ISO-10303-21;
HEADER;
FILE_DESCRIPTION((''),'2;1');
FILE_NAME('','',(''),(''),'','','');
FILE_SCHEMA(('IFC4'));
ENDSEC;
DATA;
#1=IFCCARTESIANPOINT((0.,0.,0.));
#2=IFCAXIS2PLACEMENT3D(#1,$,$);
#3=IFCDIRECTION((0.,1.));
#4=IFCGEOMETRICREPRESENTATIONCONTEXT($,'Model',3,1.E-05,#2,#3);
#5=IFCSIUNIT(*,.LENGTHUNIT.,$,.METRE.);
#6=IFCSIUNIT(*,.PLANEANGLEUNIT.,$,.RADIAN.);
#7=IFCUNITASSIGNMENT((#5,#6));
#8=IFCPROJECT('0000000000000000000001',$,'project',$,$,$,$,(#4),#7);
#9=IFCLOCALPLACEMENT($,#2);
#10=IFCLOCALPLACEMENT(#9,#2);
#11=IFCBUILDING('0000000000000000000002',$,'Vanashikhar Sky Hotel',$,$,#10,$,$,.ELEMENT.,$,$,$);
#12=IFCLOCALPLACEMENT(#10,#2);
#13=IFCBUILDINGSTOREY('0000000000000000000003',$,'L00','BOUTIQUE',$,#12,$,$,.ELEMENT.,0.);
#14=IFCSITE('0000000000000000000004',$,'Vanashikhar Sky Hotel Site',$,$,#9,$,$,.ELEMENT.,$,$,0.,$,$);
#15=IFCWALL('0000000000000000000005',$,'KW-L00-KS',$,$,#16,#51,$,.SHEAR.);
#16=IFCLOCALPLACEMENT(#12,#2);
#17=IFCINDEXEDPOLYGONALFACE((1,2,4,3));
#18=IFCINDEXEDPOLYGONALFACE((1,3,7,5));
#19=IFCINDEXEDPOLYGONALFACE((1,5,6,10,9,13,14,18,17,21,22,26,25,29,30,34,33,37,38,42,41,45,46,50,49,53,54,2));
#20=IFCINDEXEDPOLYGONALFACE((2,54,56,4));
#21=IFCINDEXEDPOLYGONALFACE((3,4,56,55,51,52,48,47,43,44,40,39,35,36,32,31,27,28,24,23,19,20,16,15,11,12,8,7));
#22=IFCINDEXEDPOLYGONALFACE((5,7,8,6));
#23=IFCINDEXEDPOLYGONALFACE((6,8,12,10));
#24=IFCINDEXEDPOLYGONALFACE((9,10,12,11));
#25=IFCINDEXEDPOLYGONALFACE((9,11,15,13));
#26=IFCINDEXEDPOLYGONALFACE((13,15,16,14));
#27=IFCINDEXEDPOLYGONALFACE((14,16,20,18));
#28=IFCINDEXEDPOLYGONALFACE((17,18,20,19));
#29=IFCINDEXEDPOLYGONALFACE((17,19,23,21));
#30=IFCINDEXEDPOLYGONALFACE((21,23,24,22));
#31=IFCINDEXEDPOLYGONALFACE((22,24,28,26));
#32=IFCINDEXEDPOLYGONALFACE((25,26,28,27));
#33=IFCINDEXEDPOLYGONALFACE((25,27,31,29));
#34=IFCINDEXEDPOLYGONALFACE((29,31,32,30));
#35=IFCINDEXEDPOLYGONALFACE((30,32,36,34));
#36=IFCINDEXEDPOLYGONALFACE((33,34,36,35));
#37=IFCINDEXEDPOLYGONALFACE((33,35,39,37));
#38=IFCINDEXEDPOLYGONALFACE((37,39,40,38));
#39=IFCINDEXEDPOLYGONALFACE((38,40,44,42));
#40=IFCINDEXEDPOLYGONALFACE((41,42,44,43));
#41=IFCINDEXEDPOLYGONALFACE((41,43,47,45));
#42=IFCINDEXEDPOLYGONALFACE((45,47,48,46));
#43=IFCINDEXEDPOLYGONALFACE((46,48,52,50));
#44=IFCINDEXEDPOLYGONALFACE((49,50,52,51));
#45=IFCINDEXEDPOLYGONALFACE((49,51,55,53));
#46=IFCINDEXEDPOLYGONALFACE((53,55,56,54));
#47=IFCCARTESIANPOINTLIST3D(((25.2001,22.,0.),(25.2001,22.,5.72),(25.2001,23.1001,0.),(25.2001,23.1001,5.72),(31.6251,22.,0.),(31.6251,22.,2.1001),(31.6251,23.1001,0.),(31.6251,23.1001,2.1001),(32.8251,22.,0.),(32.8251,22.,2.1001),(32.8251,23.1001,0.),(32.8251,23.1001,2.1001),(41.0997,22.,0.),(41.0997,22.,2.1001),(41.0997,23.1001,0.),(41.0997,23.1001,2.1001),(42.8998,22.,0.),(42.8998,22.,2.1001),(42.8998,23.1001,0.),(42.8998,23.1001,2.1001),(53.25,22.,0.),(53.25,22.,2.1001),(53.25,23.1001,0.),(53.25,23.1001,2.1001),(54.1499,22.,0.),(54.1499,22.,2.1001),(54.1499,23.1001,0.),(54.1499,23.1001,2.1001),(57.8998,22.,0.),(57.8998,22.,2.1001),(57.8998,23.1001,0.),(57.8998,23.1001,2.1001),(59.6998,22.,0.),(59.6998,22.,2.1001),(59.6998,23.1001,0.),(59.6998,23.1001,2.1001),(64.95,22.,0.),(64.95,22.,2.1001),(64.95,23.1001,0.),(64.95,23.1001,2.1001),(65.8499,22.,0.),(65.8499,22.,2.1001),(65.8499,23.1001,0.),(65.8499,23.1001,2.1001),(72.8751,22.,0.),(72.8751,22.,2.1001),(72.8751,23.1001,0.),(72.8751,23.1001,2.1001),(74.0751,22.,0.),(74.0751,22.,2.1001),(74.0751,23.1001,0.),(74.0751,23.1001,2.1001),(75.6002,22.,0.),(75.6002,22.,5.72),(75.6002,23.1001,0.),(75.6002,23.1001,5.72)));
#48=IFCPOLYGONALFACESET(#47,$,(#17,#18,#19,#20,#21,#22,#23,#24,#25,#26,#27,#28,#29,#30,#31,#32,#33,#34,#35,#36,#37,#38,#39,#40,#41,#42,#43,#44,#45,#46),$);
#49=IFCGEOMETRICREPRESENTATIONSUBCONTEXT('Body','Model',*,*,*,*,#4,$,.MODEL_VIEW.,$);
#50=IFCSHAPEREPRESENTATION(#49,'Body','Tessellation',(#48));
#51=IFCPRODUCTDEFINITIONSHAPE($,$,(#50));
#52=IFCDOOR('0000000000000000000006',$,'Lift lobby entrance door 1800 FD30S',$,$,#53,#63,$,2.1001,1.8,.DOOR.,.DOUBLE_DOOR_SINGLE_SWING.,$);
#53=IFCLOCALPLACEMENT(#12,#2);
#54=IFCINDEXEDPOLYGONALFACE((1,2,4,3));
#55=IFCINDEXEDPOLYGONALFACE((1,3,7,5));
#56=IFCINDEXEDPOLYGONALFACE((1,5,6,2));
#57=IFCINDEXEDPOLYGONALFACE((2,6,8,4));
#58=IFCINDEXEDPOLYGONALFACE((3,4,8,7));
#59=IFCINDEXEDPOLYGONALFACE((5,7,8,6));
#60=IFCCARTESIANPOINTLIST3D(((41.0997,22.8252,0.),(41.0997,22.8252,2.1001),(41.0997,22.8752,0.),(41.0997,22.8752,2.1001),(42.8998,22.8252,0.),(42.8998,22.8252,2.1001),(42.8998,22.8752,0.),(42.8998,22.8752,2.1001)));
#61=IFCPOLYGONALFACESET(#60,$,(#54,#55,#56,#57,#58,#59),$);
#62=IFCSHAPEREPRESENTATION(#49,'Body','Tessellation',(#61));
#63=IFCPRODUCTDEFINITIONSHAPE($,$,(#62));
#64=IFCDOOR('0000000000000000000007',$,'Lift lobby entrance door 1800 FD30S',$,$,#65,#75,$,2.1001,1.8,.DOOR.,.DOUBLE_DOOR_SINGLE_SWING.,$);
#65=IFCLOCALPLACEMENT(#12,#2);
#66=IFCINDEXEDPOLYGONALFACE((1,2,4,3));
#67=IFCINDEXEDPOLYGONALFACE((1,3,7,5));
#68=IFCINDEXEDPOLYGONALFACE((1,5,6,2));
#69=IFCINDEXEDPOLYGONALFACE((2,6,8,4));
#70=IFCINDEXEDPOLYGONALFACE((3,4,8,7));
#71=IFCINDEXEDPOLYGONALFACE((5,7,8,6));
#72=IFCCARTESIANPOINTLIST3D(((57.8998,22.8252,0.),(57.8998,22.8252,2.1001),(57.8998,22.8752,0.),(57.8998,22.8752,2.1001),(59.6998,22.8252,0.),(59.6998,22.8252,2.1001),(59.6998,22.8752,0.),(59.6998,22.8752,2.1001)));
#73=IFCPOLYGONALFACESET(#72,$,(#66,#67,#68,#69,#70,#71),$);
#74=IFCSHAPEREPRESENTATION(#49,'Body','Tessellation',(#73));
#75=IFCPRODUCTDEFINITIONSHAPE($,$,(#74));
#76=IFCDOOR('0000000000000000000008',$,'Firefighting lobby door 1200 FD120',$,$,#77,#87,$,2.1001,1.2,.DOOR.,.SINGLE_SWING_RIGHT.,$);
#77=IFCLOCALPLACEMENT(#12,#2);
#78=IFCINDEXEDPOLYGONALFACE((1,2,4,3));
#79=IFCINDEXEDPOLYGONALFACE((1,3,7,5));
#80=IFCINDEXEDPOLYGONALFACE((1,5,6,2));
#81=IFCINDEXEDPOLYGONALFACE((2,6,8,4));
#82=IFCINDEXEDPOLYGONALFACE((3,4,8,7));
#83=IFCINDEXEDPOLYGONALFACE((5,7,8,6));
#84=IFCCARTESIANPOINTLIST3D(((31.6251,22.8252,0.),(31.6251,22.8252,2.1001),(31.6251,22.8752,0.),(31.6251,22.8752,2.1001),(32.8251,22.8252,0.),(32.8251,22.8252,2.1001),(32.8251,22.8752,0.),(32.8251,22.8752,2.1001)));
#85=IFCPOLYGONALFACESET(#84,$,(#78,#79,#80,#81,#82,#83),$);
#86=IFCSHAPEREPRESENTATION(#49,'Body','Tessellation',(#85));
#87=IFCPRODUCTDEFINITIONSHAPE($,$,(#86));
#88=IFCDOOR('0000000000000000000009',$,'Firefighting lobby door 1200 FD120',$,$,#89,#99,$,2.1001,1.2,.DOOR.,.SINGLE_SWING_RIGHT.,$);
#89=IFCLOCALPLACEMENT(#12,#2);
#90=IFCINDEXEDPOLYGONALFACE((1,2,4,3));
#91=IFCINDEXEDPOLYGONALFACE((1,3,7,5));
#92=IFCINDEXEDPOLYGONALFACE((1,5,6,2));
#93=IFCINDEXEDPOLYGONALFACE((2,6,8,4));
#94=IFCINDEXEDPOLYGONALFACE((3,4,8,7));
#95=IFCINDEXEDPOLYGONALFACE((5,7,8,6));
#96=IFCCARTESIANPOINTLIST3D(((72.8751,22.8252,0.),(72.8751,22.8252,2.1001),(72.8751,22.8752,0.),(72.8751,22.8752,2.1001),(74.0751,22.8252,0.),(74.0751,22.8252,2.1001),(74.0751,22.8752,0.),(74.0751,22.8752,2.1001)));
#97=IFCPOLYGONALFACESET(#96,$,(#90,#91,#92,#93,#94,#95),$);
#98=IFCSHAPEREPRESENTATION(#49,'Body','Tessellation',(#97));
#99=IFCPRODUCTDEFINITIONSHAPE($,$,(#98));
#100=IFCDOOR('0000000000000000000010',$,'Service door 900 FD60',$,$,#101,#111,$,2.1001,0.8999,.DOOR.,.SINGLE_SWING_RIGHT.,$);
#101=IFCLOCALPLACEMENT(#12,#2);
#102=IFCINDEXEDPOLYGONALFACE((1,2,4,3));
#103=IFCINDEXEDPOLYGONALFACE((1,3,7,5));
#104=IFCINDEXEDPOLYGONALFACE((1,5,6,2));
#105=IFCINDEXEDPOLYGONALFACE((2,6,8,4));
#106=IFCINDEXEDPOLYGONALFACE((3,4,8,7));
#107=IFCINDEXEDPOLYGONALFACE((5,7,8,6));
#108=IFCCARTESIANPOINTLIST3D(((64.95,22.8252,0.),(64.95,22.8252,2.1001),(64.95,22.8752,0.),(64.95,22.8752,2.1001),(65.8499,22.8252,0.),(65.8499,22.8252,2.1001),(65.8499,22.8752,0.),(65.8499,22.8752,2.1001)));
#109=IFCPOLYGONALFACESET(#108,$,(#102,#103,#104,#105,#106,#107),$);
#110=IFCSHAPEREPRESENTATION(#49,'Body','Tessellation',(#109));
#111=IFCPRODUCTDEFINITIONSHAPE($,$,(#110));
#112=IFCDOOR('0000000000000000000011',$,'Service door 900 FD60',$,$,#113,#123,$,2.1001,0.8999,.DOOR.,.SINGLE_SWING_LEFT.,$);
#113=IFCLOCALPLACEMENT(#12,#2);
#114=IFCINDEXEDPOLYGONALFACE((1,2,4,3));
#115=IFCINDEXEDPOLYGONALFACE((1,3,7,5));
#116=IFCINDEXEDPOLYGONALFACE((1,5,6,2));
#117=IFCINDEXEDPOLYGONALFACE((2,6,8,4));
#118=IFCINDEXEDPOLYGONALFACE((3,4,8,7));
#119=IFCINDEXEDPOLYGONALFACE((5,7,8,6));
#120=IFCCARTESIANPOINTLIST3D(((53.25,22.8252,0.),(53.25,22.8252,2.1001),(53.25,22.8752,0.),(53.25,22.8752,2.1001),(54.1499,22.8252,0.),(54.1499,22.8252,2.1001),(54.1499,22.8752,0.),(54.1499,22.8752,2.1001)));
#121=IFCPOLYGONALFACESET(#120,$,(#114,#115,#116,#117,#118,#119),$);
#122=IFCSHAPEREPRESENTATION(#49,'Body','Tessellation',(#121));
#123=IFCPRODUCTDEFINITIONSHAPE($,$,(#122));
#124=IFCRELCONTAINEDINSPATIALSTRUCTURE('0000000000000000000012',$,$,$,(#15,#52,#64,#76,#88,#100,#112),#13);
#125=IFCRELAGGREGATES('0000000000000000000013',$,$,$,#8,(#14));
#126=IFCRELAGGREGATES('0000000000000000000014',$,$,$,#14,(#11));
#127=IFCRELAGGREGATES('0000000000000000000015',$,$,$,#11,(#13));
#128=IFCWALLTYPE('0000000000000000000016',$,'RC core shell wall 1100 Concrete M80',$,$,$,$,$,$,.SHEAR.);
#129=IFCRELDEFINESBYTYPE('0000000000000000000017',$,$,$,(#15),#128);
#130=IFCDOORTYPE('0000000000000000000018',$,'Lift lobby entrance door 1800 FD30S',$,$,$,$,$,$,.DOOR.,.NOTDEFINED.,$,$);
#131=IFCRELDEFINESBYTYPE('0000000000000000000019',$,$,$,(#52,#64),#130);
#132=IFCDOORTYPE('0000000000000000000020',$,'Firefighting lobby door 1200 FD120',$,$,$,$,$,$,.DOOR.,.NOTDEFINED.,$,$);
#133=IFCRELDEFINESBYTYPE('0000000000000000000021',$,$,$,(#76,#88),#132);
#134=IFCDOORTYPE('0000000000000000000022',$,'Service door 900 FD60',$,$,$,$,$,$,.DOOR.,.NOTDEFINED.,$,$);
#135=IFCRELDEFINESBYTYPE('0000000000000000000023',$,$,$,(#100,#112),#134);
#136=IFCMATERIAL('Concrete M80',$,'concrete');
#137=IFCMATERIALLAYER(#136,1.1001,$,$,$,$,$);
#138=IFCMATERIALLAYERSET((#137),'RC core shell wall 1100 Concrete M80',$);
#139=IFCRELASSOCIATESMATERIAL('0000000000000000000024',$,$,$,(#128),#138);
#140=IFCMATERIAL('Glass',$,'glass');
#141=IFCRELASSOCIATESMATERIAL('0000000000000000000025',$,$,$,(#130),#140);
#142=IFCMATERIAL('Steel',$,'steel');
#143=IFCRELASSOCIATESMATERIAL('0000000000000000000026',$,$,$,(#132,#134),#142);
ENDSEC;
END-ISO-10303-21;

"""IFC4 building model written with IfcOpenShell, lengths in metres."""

from ifc_helpers import new_model, si_unit, direction, frame, frame_2d, origin, place, context, subcontext, project, spatial, rectangle, extrude, source, transform, mapped, material, layer, layer_set, type_object, element, fill, save


model = new_model("IFC4")

# Units and contexts
model_context = context("Model", 3, precision=1e-05, world=origin(), true_north=direction((0.0, 1.0)))
body_context = subcontext(model_context, "Body", "Model", "MODEL_VIEW")
ifc_project = project(units=[si_unit("LENGTHUNIT", "METRE"), si_unit("PLANEANGLEUNIT", "RADIAN")], contexts=[model_context])

# Site, building, storey
site_placement = place(None, origin())
site = spatial("IfcSite", under=ifc_project, at=site_placement, Name="Vanashikhar Sky Hotel Site", CompositionType="ELEMENT", RefElevation=0.0)
building_placement = place(site_placement, origin())
building = spatial("IfcBuilding", under=site, at=building_placement, Name="Vanashikhar Sky Hotel", CompositionType="ELEMENT")
storey_placement = place(building_placement, origin())
storey = spatial("IfcBuildingStorey", under=building, at=storey_placement, Name="L00", Description="BOUTIQUE", CompositionType="ELEMENT", Elevation=0.0)

# Wall, openings, doors
ifc_material_1 = material(Name="Concrete M80", Category="concrete")
ifc_layer_1 = layer(ifc_material_1, 1.1001)
ifc_layer_set_1 = layer_set([ifc_layer_1], Name="RC core shell wall 1100 Concrete M80")
wall_type_1 = type_object("IfcWallType", Name="RC core shell wall 1100 Concrete M80", PredefinedType="SHEAR", material=ifc_layer_set_1)
shared_shape_1 = source(origin(), body_context, "Body", "SweptSolid", [
    extrude(rectangle(XDim=50.4001, YDim=1.1001, at=frame_2d((25.2002, 0.0))), origin(), (0.0, 0.0, 1.0), 5.72),
])
wall_1_placement = place(storey_placement, frame((25.2, 22.55, 0.0), z_axis=(0.0, 0.0, 1.0), x_axis=(1.0, 0.0, 0.0)))
wall_1 = element("IfcWall", 1, at=wall_1_placement, inside=storey, type_object=wall_type_1, Name="KW-L00-KS", PredefinedType="SHEAR", context=body_context, shape_type="MappedRepresentation", body=[
    mapped(shared_shape_1, transform((0.0, 0.0, 0.0), scale=1.0)),
])
shared_shape_2 = source(origin(), body_context, "Body", "SweptSolid", [
    extrude(rectangle(XDim=1.8, YDim=2.1001, at=frame_2d((0.8999, 1.05))), frame((0.0, 0.5601, 0.0), z_axis=(0.0, -1.0, 0.0), x_axis=(1.0, 0.0, 0.0)), (0.0, 0.0, 1.0), 1.1201),
])
opening_1_placement = place(wall_1_placement, frame((15.8999, 0.0, 0.0)))
opening_1 = element("IfcOpeningElement", 2, at=opening_1_placement, cuts=wall_1, PredefinedType="OPENING", context=body_context, shape_type="MappedRepresentation", body=[
    mapped(shared_shape_2, transform((0.0, 0.0, 0.0), scale=1.0)),
])
opening_2_placement = place(wall_1_placement, frame((32.7, 0.0, 0.0)))
opening_2 = element("IfcOpeningElement", 3, at=opening_2_placement, cuts=wall_1, PredefinedType="OPENING", context=body_context, shape_type="MappedRepresentation", body=[
    mapped(shared_shape_2, transform((0.0, 0.0, 0.0), scale=1.0)),
])
shared_shape_3 = source(origin(), body_context, "Body", "SweptSolid", [
    extrude(rectangle(XDim=0.8999, YDim=2.1001, at=frame_2d((0.45, 1.05))), frame((0.0, 0.5601, 0.0), z_axis=(0.0, -1.0, 0.0), x_axis=(1.0, 0.0, 0.0)), (0.0, 0.0, 1.0), 1.1201),
])
opening_3_placement = place(wall_1_placement, frame((39.75, 0.0, 0.0)))
opening_3 = element("IfcOpeningElement", 4, at=opening_3_placement, cuts=wall_1, PredefinedType="OPENING", context=body_context, shape_type="MappedRepresentation", body=[
    mapped(shared_shape_3, transform((0.0, 0.0, 0.0), scale=1.0)),
])
opening_4_placement = place(wall_1_placement, frame((28.05, 0.0, 0.0)))
opening_4 = element("IfcOpeningElement", 5, at=opening_4_placement, cuts=wall_1, PredefinedType="OPENING", context=body_context, shape_type="MappedRepresentation", body=[
    mapped(shared_shape_3, transform((0.0, 0.0, 0.0), scale=1.0)),
])
shared_shape_4 = source(origin(), body_context, "Body", "SweptSolid", [
    extrude(rectangle(XDim=1.2, YDim=2.1001, at=frame_2d((0.6001, 1.05))), frame((0.0, 0.5601, 0.0), z_axis=(0.0, -1.0, 0.0), x_axis=(1.0, 0.0, 0.0)), (0.0, 0.0, 1.0), 1.1201),
])
opening_5_placement = place(wall_1_placement, frame((6.425, 0.0, 0.0)))
opening_5 = element("IfcOpeningElement", 6, at=opening_5_placement, cuts=wall_1, PredefinedType="OPENING", context=body_context, shape_type="MappedRepresentation", body=[
    mapped(shared_shape_4, transform((0.0, 0.0, 0.0), scale=1.0)),
])
opening_6_placement = place(wall_1_placement, frame((47.675, 0.0, 0.0)))
opening_6 = element("IfcOpeningElement", 7, at=opening_6_placement, cuts=wall_1, PredefinedType="OPENING", context=body_context, shape_type="MappedRepresentation", body=[
    mapped(shared_shape_4, transform((0.0, 0.0, 0.0), scale=1.0)),
])
ifc_material_2 = material(Name="Glass", Category="glass")
door_type_1 = type_object("IfcDoorType", Name="Lift lobby entrance door 1800 FD30S", OperationType="NOTDEFINED", PredefinedType="DOOR", material=ifc_material_2)
shared_shape_5 = source(origin(), body_context, "Body", "SweptSolid", [
    extrude(rectangle(XDim=1.8, YDim=2.1001, at=frame_2d((0.8999, 1.05))), frame((0.0, 0.3252, 0.0), z_axis=(0.0, -1.0, 0.0), x_axis=(1.0, 0.0, 0.0)), (0.0, 0.0, 1.0), 0.05),
])
door_1_placement = place(opening_1_placement, origin())
door_1 = element("IfcDoor", 8, at=door_1_placement, inside=storey, type_object=door_type_1, Name="Lift lobby entrance door 1800 FD30S", OperationType="DOUBLE_DOOR_SINGLE_SWING", OverallHeight=2.1001, OverallWidth=1.8, PredefinedType="DOOR", context=body_context, shape_type="MappedRepresentation", body=[
    mapped(shared_shape_5, transform((0.0, 0.0, 0.0), scale=1.0)),
])
fill(opening_1, door_1)
door_2_placement = place(opening_2_placement, origin())
door_2 = element("IfcDoor", 9, at=door_2_placement, inside=storey, type_object=door_type_1, Name="Lift lobby entrance door 1800 FD30S", OperationType="DOUBLE_DOOR_SINGLE_SWING", OverallHeight=2.1001, OverallWidth=1.8, PredefinedType="DOOR", context=body_context, shape_type="MappedRepresentation", body=[
    mapped(shared_shape_5, transform((0.0, 0.0, 0.0), scale=1.0)),
])
fill(opening_2, door_2)
ifc_material_3 = material(Name="Steel", Category="steel")
door_type_2 = type_object("IfcDoorType", Name="Firefighting lobby door 1200 FD120", OperationType="NOTDEFINED", PredefinedType="DOOR", material=ifc_material_3)
shared_shape_6 = source(origin(), body_context, "Body", "SweptSolid", [
    extrude(rectangle(XDim=1.2, YDim=2.1001, at=frame_2d((0.6001, 1.05))), frame((0.0, 0.3252, 0.0), z_axis=(0.0, -1.0, 0.0), x_axis=(1.0, 0.0, 0.0)), (0.0, 0.0, 1.0), 0.05),
])
door_3_placement = place(opening_5_placement, origin())
door_3 = element("IfcDoor", 10, at=door_3_placement, inside=storey, type_object=door_type_2, Name="Firefighting lobby door 1200 FD120", OperationType="SINGLE_SWING_RIGHT", OverallHeight=2.1001, OverallWidth=1.2, PredefinedType="DOOR", context=body_context, shape_type="MappedRepresentation", body=[
    mapped(shared_shape_6, transform((0.0, 0.0, 0.0), scale=1.0)),
])
fill(opening_5, door_3)
door_4_placement = place(opening_6_placement, origin())
door_4 = element("IfcDoor", 11, at=door_4_placement, inside=storey, type_object=door_type_2, Name="Firefighting lobby door 1200 FD120", OperationType="SINGLE_SWING_RIGHT", OverallHeight=2.1001, OverallWidth=1.2, PredefinedType="DOOR", context=body_context, shape_type="MappedRepresentation", body=[
    mapped(shared_shape_6, transform((0.0, 0.0, 0.0), scale=1.0)),
])
fill(opening_6, door_4)
door_type_3 = type_object("IfcDoorType", Name="Service door 900 FD60", OperationType="NOTDEFINED", PredefinedType="DOOR", material=ifc_material_3)
shared_shape_7 = source(origin(), body_context, "Body", "SweptSolid", [
    extrude(rectangle(XDim=0.8999, YDim=2.1001, at=frame_2d((0.45, 1.05))), frame((0.0, 0.3252, 0.0), z_axis=(0.0, -1.0, 0.0), x_axis=(1.0, 0.0, 0.0)), (0.0, 0.0, 1.0), 0.05),
])
door_5_placement = place(opening_3_placement, origin())
door_5 = element("IfcDoor", 12, at=door_5_placement, inside=storey, type_object=door_type_3, Name="Service door 900 FD60", OperationType="SINGLE_SWING_RIGHT", OverallHeight=2.1001, OverallWidth=0.8999, PredefinedType="DOOR", context=body_context, shape_type="MappedRepresentation", body=[
    mapped(shared_shape_7, transform((0.0, 0.0, 0.0), scale=1.0)),
])
fill(opening_3, door_5)
door_6_placement = place(opening_4_placement, origin())
door_6 = element("IfcDoor", 13, at=door_6_placement, inside=storey, type_object=door_type_3, Name="Service door 900 FD60", OperationType="SINGLE_SWING_LEFT", OverallHeight=2.1001, OverallWidth=0.8999, PredefinedType="DOOR", context=body_context, shape_type="MappedRepresentation", body=[
    mapped(shared_shape_7, transform((0.0, 0.0, 0.0), scale=1.0)),
])
fill(opening_4, door_6)

save(model, "model.ifc")
